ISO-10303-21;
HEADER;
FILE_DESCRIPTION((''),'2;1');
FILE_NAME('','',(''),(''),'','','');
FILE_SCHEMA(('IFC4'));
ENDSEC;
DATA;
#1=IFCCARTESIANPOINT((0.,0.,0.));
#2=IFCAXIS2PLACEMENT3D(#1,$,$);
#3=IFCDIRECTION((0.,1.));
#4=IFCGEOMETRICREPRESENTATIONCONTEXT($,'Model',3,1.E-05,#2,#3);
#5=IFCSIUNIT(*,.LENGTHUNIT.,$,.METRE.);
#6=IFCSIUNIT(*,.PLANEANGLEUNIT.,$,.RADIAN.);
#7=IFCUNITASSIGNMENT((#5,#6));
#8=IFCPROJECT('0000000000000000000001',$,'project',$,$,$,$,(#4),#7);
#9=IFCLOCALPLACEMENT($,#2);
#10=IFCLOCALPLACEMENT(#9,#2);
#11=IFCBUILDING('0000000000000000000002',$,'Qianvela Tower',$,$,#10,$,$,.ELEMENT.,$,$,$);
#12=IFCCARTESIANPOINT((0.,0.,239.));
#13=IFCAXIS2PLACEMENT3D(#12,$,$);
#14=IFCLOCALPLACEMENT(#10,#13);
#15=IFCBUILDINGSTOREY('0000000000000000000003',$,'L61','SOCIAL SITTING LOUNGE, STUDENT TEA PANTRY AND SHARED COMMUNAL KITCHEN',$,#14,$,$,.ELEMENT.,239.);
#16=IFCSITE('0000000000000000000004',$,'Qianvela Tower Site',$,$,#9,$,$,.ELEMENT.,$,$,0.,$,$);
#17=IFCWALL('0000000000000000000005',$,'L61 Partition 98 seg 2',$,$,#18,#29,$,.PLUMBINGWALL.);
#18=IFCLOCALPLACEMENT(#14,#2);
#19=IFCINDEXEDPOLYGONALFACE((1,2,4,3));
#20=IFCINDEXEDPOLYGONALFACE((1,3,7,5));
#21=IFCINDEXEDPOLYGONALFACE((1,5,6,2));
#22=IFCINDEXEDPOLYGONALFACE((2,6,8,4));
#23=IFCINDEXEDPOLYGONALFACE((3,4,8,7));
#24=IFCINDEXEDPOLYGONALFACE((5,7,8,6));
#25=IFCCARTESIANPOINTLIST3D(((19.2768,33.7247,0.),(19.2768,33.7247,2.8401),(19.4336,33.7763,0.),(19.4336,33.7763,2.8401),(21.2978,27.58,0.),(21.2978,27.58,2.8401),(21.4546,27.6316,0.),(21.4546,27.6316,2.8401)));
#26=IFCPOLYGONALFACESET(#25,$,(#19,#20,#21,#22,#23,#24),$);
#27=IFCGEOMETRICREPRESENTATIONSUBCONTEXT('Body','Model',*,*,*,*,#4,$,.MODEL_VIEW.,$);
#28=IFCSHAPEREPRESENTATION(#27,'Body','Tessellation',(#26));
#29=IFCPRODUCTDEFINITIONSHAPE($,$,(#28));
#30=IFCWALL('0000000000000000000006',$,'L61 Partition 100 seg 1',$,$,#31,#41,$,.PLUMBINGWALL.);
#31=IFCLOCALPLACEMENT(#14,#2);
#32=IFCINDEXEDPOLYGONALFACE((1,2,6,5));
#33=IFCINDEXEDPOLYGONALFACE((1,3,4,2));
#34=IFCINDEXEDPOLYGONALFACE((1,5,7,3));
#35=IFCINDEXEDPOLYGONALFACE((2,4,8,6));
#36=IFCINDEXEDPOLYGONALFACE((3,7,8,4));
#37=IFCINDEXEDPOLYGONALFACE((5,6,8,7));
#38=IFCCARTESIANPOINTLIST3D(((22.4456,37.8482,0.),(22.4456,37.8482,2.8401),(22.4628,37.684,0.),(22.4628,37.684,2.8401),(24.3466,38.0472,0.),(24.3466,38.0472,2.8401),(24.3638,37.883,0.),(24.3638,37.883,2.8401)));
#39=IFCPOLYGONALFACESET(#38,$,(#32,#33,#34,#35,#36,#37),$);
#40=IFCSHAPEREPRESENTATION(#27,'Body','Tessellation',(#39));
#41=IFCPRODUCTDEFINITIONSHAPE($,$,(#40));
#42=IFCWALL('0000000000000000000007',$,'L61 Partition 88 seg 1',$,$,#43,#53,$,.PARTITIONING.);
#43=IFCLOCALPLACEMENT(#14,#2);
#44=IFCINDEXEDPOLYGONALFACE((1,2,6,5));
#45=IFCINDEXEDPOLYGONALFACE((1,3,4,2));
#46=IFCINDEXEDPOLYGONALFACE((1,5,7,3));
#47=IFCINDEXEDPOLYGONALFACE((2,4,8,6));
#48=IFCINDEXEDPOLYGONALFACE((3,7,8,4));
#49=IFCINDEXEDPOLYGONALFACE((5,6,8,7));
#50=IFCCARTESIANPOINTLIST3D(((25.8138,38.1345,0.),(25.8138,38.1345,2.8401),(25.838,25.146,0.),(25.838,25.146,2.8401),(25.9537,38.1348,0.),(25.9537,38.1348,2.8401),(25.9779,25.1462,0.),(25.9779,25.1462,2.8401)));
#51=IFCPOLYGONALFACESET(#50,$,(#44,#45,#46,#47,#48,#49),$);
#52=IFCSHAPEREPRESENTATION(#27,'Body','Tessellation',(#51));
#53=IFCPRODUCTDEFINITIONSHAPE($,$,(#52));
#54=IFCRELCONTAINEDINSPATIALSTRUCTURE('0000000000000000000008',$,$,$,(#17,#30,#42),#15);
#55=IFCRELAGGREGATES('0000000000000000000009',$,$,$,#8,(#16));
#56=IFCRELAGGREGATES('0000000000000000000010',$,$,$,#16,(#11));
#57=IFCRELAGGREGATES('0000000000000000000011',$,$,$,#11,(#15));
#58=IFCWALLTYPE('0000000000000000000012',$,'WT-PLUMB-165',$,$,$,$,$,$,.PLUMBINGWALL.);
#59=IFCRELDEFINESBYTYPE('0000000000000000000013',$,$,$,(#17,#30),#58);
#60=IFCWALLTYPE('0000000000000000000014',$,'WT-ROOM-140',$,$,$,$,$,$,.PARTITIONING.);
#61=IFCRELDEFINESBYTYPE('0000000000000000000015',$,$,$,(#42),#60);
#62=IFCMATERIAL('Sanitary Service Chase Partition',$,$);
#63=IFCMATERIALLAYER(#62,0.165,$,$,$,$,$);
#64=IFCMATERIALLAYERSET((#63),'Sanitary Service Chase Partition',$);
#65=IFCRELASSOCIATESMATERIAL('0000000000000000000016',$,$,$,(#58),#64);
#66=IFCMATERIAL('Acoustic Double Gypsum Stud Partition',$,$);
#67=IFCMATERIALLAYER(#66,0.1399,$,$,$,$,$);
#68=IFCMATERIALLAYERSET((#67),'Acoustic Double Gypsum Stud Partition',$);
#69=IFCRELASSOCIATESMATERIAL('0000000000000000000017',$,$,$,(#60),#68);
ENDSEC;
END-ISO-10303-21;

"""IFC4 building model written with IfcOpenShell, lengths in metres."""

from ifc_helpers import new_model, si_unit, direction, frame, frame_2d, origin, place, context, subcontext, project, spatial, rectangle, extrude, material, layer, layer_set, type_object, element, save


model = new_model("IFC4")

# Units and contexts
model_context = context("Model", 3, precision=1e-05, world=origin(), true_north=direction((0.0, 1.0)))
body_context = subcontext(model_context, "Body", "Model", "MODEL_VIEW")
ifc_project = project(units=[si_unit("LENGTHUNIT", "METRE"), si_unit("PLANEANGLEUNIT", "RADIAN")], contexts=[model_context])

# Site, building, storey
site_placement = place(None, origin())
site = spatial("IfcSite", under=ifc_project, at=site_placement, Name="Qianvela Tower Site", CompositionType="ELEMENT", RefElevation=0.0)
building_placement = place(site_placement, origin())
building = spatial("IfcBuilding", under=site, at=building_placement, Name="Qianvela Tower", CompositionType="ELEMENT")
storey_placement = place(building_placement, frame((0.0, 0.0, 239.0)))
storey = spatial("IfcBuildingStorey", under=building, at=storey_placement, Name="L61", Description="SOCIAL SITTING LOUNGE, STUDENT TEA PANTRY AND SHARED COMMUNAL KITCHEN", CompositionType="ELEMENT", Elevation=239.0)

# Shared definitions
ifc_material_1 = material(Name="Sanitary Service Chase Partition")
ifc_layer_1 = layer(ifc_material_1, 0.165)
ifc_layer_set_1 = layer_set([ifc_layer_1], Name="Sanitary Service Chase Partition")
wall_type_1 = type_object("IfcWallType", Name="WT-PLUMB-165", PredefinedType="PLUMBINGWALL", material=ifc_layer_set_1)

# Walls
wall_1_placement = place(storey_placement, frame((21.3762, 27.6057, 0.0), z_axis=(0.0, 0.0, 1.0), x_axis=(-0.312432, 0.94994, 0.0)))
element("IfcWall", 1, at=wall_1_placement, inside=storey, type_object=wall_type_1, Name="L61 Partition 98 seg 2", PredefinedType="PLUMBINGWALL", context=body_context, shape_type="SweptSolid", body=[
    extrude(rectangle(XDim=6.4685, YDim=0.165, at=frame_2d((3.2344, 0.0))), origin(), (0.0, 0.0, 1.0), 2.8401),
])
wall_2_placement = place(storey_placement, frame((22.4543, 37.7661, 0.0), z_axis=(0.0, 0.0, 1.0), x_axis=(0.994566, 0.104106, 0.0)))
element("IfcWall", 2, at=wall_2_placement, inside=storey, type_object=wall_type_1, Name="L61 Partition 100 seg 1", PredefinedType="PLUMBINGWALL", context=body_context, shape_type="SweptSolid", body=[
    extrude(rectangle(XDim=1.9114, YDim=0.165, at=frame_2d((0.9556, 0.0))), origin(), (0.0, 0.0, 1.0), 2.8401),
])
ifc_material_2 = material(Name="Acoustic Double Gypsum Stud Partition")
ifc_layer_2 = layer(ifc_material_2, 0.1399)
ifc_layer_set_2 = layer_set([ifc_layer_2], Name="Acoustic Double Gypsum Stud Partition")
wall_type_2 = type_object("IfcWallType", Name="WT-ROOM-140", PredefinedType="PARTITIONING", material=ifc_layer_set_2)
wall_3_placement = place(storey_placement, frame((25.908, 25.1462, 0.0), z_axis=(0.0, 0.0, 1.0), x_axis=(-0.001861, 0.999998, 0.0)))
element("IfcWall", 3, at=wall_3_placement, inside=storey, type_object=wall_type_2, Name="L61 Partition 88 seg 1", PredefinedType="PARTITIONING", context=body_context, shape_type="SweptSolid", body=[
    extrude(rectangle(XDim=12.9885, YDim=0.1399, at=frame_2d((6.4941, 0.0))), origin(), (0.0, 0.0, 1.0), 2.8401),
])

save(model, "model.ifc")
